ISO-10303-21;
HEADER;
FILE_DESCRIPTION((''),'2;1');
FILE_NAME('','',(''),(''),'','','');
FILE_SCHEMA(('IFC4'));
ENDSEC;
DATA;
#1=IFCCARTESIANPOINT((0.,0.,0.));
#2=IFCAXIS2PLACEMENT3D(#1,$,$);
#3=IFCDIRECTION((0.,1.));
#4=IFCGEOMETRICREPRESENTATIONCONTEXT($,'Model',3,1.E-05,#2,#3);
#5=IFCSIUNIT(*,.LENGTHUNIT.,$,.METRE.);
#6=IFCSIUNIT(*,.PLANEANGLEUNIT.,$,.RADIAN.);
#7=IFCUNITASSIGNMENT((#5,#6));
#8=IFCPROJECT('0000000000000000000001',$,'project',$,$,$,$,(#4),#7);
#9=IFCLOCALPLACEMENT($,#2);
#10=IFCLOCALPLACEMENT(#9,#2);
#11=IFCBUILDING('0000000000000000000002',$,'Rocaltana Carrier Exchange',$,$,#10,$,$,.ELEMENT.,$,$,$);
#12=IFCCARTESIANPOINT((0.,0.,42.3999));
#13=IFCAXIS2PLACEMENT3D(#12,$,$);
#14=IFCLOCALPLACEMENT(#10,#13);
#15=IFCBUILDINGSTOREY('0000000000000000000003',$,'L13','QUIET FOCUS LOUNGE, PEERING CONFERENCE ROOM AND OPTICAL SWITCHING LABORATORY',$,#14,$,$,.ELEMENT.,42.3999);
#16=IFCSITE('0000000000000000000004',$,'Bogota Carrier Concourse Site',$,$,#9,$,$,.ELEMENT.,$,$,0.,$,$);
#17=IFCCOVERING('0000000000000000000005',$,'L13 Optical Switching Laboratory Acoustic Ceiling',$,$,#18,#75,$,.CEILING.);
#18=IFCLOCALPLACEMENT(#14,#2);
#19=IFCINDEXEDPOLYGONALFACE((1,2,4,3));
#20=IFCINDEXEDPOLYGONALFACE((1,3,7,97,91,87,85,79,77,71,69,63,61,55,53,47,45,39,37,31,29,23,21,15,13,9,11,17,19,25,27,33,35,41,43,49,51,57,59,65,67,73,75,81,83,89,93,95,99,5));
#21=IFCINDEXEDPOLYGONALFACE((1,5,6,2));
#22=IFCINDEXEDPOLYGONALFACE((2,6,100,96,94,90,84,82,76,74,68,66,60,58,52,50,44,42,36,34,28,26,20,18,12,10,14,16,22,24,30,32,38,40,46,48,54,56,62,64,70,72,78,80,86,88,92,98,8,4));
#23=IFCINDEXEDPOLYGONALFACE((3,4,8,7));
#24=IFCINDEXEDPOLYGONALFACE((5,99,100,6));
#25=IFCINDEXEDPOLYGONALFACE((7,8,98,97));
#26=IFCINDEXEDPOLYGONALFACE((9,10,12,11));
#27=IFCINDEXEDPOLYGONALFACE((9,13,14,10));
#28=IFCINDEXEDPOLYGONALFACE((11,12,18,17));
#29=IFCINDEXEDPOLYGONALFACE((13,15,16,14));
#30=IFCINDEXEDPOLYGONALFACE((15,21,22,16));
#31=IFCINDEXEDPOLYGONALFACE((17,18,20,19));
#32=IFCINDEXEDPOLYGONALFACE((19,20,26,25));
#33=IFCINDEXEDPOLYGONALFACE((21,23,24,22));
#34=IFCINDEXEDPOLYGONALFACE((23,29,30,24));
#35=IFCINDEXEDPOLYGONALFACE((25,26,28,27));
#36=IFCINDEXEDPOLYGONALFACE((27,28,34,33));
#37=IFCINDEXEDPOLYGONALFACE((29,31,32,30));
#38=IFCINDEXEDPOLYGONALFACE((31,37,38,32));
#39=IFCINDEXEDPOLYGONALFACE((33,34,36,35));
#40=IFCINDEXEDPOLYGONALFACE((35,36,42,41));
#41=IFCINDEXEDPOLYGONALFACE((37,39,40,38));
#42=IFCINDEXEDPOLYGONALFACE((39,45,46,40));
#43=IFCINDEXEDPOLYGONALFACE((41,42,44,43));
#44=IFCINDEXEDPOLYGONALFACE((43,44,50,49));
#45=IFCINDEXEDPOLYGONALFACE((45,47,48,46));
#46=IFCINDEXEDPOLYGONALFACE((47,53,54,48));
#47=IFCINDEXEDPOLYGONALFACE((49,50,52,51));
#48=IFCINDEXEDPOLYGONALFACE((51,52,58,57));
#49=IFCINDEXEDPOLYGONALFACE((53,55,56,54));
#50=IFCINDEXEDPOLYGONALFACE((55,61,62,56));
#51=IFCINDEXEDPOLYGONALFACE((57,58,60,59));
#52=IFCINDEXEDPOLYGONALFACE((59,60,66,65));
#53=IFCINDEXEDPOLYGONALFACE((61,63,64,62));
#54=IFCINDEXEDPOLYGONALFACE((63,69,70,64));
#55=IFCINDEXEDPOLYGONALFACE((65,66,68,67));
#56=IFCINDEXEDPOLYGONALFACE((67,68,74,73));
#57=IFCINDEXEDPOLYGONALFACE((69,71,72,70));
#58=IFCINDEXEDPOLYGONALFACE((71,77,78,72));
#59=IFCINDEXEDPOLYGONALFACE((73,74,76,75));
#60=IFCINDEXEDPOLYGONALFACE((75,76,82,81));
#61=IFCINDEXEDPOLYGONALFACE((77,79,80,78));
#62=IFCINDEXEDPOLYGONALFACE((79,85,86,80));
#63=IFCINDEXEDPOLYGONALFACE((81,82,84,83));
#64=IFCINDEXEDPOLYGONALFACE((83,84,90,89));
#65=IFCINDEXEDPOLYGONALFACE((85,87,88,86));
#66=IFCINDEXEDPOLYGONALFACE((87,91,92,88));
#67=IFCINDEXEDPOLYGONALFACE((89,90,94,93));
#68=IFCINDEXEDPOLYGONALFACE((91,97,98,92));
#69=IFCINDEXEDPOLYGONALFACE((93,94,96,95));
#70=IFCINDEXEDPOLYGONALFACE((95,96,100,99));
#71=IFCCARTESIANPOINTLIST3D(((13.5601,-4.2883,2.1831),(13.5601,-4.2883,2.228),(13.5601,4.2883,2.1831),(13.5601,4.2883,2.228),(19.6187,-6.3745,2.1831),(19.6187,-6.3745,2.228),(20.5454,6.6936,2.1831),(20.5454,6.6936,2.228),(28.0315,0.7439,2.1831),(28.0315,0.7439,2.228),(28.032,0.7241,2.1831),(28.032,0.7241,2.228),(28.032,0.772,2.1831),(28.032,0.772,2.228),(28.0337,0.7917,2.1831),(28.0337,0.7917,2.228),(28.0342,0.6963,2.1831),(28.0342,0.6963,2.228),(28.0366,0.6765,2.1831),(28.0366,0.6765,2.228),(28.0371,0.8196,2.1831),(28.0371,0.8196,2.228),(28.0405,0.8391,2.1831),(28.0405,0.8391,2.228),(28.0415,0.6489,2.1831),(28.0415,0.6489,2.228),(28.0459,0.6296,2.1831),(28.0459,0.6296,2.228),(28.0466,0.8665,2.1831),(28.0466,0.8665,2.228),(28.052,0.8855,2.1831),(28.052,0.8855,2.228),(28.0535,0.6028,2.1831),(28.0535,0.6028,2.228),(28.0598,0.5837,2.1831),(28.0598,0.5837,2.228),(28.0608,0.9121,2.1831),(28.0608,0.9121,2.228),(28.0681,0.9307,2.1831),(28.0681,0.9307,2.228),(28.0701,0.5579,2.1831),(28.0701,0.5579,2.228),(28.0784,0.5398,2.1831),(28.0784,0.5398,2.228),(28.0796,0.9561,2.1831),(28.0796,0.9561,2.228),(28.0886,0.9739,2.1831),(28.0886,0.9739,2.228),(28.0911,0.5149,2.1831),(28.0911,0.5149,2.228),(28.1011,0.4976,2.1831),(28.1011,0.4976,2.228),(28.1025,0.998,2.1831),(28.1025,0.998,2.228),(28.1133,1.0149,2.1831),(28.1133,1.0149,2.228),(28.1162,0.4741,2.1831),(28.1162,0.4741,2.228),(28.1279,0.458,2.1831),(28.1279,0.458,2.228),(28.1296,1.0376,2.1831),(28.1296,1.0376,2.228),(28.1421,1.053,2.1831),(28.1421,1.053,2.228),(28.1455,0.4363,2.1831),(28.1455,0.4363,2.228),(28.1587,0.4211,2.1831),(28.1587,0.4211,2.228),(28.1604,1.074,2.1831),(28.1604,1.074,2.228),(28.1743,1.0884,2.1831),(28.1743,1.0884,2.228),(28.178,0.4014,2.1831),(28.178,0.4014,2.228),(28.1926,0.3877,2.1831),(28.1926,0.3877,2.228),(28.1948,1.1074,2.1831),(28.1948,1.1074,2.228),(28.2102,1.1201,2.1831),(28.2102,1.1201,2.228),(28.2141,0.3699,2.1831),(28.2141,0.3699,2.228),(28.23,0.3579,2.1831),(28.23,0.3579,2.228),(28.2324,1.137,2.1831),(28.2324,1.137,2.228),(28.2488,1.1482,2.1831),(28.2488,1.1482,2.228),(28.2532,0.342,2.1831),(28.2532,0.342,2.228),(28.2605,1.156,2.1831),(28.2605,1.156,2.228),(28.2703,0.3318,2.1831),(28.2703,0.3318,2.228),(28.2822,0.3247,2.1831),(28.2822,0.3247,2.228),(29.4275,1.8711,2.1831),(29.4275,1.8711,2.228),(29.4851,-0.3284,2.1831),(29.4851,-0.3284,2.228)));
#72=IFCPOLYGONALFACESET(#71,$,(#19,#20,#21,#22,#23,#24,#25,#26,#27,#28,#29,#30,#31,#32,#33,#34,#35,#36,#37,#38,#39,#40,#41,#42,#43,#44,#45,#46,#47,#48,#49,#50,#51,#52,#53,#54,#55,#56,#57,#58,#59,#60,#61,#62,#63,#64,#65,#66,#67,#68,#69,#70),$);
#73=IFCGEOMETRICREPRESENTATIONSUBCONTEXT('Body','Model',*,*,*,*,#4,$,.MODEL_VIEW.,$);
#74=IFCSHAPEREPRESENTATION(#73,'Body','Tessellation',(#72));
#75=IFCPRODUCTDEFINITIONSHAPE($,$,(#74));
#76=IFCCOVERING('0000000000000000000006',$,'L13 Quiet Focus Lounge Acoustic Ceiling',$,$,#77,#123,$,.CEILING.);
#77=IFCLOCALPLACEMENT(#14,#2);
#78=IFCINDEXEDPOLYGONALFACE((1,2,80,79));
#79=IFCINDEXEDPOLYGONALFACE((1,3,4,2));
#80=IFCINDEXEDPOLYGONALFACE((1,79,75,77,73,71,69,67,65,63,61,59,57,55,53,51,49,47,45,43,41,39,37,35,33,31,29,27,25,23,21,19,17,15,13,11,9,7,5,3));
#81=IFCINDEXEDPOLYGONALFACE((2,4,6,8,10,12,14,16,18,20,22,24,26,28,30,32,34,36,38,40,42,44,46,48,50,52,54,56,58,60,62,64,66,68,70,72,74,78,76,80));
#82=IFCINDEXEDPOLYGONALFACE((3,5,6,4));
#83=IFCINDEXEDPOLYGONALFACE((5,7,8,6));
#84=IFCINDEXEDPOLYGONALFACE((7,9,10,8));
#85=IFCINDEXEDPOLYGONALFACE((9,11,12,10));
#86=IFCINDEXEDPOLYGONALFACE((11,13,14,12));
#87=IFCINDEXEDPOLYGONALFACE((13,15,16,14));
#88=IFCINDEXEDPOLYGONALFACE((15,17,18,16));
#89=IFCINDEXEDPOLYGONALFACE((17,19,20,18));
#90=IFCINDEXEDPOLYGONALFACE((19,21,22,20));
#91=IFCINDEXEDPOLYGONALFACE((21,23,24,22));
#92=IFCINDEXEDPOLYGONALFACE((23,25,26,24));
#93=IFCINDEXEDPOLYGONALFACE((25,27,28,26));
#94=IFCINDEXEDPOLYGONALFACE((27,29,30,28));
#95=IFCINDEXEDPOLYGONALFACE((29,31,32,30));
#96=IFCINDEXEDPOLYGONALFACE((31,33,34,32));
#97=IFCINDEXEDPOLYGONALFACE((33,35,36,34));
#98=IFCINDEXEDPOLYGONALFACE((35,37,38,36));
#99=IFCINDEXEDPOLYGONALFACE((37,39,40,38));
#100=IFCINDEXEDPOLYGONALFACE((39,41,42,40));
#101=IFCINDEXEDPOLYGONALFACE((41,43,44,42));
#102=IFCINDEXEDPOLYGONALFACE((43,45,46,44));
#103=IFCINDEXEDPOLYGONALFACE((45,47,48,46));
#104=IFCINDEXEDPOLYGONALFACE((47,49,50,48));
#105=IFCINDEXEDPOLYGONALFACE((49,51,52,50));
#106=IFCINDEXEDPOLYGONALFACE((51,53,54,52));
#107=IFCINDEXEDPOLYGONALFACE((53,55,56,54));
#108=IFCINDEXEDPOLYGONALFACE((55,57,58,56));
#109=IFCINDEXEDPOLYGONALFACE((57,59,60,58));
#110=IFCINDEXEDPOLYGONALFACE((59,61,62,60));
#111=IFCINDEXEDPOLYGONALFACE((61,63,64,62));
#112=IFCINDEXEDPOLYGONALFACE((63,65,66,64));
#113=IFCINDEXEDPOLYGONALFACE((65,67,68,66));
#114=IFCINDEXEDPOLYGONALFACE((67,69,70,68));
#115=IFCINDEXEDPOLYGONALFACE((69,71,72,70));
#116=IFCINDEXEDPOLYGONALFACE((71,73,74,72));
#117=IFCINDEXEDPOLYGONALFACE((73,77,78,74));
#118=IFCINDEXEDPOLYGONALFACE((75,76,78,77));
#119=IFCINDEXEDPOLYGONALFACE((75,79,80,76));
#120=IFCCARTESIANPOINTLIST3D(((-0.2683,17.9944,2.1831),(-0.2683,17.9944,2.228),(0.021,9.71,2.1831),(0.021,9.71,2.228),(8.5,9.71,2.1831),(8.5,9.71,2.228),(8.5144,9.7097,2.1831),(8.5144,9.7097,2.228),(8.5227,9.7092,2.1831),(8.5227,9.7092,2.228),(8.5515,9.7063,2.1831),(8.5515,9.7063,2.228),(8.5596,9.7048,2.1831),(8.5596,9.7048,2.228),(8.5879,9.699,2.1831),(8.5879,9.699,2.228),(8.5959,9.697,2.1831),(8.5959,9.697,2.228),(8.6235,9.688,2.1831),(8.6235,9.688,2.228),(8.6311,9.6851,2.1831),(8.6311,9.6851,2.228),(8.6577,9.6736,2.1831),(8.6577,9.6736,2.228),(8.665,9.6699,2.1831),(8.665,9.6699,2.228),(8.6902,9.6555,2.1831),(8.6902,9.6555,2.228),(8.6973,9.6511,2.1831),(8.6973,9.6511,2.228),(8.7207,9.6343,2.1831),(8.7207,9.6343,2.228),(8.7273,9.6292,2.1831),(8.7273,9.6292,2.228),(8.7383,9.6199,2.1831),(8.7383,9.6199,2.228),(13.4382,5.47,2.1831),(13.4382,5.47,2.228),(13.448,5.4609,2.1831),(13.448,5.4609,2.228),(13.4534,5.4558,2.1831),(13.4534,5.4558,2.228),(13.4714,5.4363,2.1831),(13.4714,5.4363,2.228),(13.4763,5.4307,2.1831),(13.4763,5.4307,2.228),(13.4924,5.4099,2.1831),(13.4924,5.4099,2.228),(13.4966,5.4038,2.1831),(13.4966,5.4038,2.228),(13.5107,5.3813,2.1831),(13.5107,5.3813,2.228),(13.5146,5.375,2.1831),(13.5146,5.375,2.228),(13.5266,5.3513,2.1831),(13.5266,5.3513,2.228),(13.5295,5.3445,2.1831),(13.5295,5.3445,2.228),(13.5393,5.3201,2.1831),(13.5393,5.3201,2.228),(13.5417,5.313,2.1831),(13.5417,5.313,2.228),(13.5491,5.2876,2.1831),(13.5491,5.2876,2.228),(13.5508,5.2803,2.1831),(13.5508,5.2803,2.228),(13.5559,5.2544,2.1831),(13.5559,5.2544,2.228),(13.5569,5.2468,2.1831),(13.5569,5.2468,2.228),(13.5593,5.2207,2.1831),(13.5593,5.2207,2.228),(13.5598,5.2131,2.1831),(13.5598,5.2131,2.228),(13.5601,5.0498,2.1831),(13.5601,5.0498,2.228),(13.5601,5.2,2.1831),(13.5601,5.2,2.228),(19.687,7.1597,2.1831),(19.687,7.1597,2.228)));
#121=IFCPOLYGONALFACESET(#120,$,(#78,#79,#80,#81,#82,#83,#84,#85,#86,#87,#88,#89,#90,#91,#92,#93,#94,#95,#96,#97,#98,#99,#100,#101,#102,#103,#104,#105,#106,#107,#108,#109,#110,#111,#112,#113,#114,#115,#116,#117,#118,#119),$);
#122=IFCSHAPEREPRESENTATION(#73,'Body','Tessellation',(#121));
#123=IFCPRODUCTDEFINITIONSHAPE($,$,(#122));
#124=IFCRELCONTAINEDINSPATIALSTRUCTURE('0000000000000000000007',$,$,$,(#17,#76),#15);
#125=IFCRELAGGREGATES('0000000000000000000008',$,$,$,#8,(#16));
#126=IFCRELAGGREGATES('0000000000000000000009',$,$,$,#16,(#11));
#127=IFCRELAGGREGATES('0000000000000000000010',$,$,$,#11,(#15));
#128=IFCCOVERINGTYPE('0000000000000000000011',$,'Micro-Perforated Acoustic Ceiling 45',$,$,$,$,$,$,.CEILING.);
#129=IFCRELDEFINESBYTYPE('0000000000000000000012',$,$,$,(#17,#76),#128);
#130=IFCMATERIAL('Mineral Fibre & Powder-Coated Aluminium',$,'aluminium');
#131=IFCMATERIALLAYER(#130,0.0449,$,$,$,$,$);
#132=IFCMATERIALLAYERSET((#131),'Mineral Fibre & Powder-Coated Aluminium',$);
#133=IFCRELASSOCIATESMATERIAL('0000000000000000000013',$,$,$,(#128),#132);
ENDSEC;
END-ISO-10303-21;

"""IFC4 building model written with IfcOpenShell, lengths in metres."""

from ifc_helpers import new_model, si_unit, direction, frame, origin, place, context, subcontext, project, spatial, polyline, outline, extrude, material, layer, layer_set, type_object, element, save


model = new_model("IFC4")

# Units and contexts
model_context = context("Model", 3, precision=1e-05, world=origin(), true_north=direction((0.0, 1.0)))
body_context = subcontext(model_context, "Body", "Model", "MODEL_VIEW")
ifc_project = project(units=[si_unit("LENGTHUNIT", "METRE"), si_unit("PLANEANGLEUNIT", "RADIAN")], contexts=[model_context])

# Site, building, storey
site_placement = place(None, origin())
site = spatial("IfcSite", under=ifc_project, at=site_placement, Name="Bogota Carrier Concourse Site", CompositionType="ELEMENT", RefElevation=0.0)
building_placement = place(site_placement, origin())
building = spatial("IfcBuilding", under=site, at=building_placement, Name="Rocaltana Carrier Exchange", CompositionType="ELEMENT")
storey_placement = place(building_placement, frame((0.0, 0.0, 42.3999)))
storey = spatial("IfcBuildingStorey", under=building, at=storey_placement, Name="L13", Description="QUIET FOCUS LOUNGE, PEERING CONFERENCE ROOM AND OPTICAL SWITCHING LABORATORY", CompositionType="ELEMENT", Elevation=42.3999)

# Coverings
ifc_material_1 = material(Name="Mineral Fibre & Powder-Coated Aluminium", Category="aluminium")
ifc_layer_1 = layer(ifc_material_1, 0.0449)
ifc_layer_set_1 = layer_set([ifc_layer_1], Name="Mineral Fibre & Powder-Coated Aluminium")
covering_type_1 = type_object("IfcCoveringType", Name="Micro-Perforated Acoustic Ceiling 45", PredefinedType="CEILING", material=ifc_layer_set_1)
covering_1_placement = place(storey_placement, frame((0.0, 0.0, 2.1831)))
element("IfcCovering", 1, at=covering_1_placement, inside=storey, type_object=covering_type_1, Name="L13 Optical Switching Laboratory Acoustic Ceiling", PredefinedType="CEILING", context=body_context, shape_type="SweptSolid", body=[
    extrude(outline(polyline([(29.4275, 1.8711), (28.2605, 1.156), (28.2488, 1.1482), (28.2324, 1.137), (28.2102, 1.1201), (28.1948, 1.1074), (28.1743, 1.0884), (28.1604, 1.074), (28.1421, 1.053), (28.1296, 1.0376), (28.1133, 1.0149), (28.1025, 0.998), (28.0886, 0.9739), (28.0796, 0.9561), (28.0681, 0.9307), (28.0608, 0.9121), (28.052, 0.8855), (28.0466, 0.8665), (28.0405, 0.8391), (28.0371, 0.8196), (28.0337, 0.7917), (28.032, 0.772), (28.0315, 0.7439), (28.032, 0.7241), (28.0342, 0.6963), (28.0366, 0.6765), (28.0415, 0.6489), (28.0459, 0.6296), (28.0535, 0.6028), (28.0598, 0.5837), (28.0701, 0.5579), (28.0784, 0.5398), (28.0911, 0.5149), (28.1011, 0.4976), (28.1162, 0.4741), (28.1279, 0.458), (28.1455, 0.4363), (28.1587, 0.4211), (28.178, 0.4014), (28.1926, 0.3877), (28.2141, 0.3699), (28.23, 0.3579), (28.2532, 0.342), (28.2703, 0.3318), (28.2822, 0.3247), (29.4851, -0.3284), (19.6187, -6.3745), (13.5601, -4.2883), (13.5601, 4.2883), (20.5454, 6.6936), (29.4275, 1.8711)])), origin(), (0.0, 0.0, 1.0), 0.0449),
])
covering_2_placement = place(storey_placement, frame((0.0, 0.0, 2.1831)))
element("IfcCovering", 2, at=covering_2_placement, inside=storey, type_object=covering_type_1, Name="L13 Quiet Focus Lounge Acoustic Ceiling", PredefinedType="CEILING", context=body_context, shape_type="SweptSolid", body=[
    extrude(outline(polyline([(19.687, 7.1597), (13.5601, 5.0498), (13.5601, 5.2), (13.5598, 5.2131), (13.5593, 5.2207), (13.5569, 5.2468), (13.5559, 5.2544), (13.5508, 5.2803), (13.5491, 5.2876), (13.5417, 5.313), (13.5393, 5.3201), (13.5295, 5.3445), (13.5266, 5.3513), (13.5146, 5.375), (13.5107, 5.3813), (13.4966, 5.4038), (13.4924, 5.4099), (13.4763, 5.4307), (13.4714, 5.4363), (13.4534, 5.4558), (13.448, 5.4609), (13.4382, 5.47), (8.7383, 9.6199), (8.7273, 9.6292), (8.7207, 9.6343), (8.6973, 9.6511), (8.6902, 9.6555), (8.665, 9.6699), (8.6577, 9.6736), (8.6311, 9.6851), (8.6235, 9.688), (8.5959, 9.697), (8.5879, 9.699), (8.5596, 9.7048), (8.5515, 9.7063), (8.5227, 9.7092), (8.5144, 9.7097), (8.5, 9.71), (0.021, 9.71), (-0.2683, 17.9944), (19.687, 7.1597)])), origin(), (0.0, 0.0, 1.0), 0.0449),
])

save(model, "model.ifc")
